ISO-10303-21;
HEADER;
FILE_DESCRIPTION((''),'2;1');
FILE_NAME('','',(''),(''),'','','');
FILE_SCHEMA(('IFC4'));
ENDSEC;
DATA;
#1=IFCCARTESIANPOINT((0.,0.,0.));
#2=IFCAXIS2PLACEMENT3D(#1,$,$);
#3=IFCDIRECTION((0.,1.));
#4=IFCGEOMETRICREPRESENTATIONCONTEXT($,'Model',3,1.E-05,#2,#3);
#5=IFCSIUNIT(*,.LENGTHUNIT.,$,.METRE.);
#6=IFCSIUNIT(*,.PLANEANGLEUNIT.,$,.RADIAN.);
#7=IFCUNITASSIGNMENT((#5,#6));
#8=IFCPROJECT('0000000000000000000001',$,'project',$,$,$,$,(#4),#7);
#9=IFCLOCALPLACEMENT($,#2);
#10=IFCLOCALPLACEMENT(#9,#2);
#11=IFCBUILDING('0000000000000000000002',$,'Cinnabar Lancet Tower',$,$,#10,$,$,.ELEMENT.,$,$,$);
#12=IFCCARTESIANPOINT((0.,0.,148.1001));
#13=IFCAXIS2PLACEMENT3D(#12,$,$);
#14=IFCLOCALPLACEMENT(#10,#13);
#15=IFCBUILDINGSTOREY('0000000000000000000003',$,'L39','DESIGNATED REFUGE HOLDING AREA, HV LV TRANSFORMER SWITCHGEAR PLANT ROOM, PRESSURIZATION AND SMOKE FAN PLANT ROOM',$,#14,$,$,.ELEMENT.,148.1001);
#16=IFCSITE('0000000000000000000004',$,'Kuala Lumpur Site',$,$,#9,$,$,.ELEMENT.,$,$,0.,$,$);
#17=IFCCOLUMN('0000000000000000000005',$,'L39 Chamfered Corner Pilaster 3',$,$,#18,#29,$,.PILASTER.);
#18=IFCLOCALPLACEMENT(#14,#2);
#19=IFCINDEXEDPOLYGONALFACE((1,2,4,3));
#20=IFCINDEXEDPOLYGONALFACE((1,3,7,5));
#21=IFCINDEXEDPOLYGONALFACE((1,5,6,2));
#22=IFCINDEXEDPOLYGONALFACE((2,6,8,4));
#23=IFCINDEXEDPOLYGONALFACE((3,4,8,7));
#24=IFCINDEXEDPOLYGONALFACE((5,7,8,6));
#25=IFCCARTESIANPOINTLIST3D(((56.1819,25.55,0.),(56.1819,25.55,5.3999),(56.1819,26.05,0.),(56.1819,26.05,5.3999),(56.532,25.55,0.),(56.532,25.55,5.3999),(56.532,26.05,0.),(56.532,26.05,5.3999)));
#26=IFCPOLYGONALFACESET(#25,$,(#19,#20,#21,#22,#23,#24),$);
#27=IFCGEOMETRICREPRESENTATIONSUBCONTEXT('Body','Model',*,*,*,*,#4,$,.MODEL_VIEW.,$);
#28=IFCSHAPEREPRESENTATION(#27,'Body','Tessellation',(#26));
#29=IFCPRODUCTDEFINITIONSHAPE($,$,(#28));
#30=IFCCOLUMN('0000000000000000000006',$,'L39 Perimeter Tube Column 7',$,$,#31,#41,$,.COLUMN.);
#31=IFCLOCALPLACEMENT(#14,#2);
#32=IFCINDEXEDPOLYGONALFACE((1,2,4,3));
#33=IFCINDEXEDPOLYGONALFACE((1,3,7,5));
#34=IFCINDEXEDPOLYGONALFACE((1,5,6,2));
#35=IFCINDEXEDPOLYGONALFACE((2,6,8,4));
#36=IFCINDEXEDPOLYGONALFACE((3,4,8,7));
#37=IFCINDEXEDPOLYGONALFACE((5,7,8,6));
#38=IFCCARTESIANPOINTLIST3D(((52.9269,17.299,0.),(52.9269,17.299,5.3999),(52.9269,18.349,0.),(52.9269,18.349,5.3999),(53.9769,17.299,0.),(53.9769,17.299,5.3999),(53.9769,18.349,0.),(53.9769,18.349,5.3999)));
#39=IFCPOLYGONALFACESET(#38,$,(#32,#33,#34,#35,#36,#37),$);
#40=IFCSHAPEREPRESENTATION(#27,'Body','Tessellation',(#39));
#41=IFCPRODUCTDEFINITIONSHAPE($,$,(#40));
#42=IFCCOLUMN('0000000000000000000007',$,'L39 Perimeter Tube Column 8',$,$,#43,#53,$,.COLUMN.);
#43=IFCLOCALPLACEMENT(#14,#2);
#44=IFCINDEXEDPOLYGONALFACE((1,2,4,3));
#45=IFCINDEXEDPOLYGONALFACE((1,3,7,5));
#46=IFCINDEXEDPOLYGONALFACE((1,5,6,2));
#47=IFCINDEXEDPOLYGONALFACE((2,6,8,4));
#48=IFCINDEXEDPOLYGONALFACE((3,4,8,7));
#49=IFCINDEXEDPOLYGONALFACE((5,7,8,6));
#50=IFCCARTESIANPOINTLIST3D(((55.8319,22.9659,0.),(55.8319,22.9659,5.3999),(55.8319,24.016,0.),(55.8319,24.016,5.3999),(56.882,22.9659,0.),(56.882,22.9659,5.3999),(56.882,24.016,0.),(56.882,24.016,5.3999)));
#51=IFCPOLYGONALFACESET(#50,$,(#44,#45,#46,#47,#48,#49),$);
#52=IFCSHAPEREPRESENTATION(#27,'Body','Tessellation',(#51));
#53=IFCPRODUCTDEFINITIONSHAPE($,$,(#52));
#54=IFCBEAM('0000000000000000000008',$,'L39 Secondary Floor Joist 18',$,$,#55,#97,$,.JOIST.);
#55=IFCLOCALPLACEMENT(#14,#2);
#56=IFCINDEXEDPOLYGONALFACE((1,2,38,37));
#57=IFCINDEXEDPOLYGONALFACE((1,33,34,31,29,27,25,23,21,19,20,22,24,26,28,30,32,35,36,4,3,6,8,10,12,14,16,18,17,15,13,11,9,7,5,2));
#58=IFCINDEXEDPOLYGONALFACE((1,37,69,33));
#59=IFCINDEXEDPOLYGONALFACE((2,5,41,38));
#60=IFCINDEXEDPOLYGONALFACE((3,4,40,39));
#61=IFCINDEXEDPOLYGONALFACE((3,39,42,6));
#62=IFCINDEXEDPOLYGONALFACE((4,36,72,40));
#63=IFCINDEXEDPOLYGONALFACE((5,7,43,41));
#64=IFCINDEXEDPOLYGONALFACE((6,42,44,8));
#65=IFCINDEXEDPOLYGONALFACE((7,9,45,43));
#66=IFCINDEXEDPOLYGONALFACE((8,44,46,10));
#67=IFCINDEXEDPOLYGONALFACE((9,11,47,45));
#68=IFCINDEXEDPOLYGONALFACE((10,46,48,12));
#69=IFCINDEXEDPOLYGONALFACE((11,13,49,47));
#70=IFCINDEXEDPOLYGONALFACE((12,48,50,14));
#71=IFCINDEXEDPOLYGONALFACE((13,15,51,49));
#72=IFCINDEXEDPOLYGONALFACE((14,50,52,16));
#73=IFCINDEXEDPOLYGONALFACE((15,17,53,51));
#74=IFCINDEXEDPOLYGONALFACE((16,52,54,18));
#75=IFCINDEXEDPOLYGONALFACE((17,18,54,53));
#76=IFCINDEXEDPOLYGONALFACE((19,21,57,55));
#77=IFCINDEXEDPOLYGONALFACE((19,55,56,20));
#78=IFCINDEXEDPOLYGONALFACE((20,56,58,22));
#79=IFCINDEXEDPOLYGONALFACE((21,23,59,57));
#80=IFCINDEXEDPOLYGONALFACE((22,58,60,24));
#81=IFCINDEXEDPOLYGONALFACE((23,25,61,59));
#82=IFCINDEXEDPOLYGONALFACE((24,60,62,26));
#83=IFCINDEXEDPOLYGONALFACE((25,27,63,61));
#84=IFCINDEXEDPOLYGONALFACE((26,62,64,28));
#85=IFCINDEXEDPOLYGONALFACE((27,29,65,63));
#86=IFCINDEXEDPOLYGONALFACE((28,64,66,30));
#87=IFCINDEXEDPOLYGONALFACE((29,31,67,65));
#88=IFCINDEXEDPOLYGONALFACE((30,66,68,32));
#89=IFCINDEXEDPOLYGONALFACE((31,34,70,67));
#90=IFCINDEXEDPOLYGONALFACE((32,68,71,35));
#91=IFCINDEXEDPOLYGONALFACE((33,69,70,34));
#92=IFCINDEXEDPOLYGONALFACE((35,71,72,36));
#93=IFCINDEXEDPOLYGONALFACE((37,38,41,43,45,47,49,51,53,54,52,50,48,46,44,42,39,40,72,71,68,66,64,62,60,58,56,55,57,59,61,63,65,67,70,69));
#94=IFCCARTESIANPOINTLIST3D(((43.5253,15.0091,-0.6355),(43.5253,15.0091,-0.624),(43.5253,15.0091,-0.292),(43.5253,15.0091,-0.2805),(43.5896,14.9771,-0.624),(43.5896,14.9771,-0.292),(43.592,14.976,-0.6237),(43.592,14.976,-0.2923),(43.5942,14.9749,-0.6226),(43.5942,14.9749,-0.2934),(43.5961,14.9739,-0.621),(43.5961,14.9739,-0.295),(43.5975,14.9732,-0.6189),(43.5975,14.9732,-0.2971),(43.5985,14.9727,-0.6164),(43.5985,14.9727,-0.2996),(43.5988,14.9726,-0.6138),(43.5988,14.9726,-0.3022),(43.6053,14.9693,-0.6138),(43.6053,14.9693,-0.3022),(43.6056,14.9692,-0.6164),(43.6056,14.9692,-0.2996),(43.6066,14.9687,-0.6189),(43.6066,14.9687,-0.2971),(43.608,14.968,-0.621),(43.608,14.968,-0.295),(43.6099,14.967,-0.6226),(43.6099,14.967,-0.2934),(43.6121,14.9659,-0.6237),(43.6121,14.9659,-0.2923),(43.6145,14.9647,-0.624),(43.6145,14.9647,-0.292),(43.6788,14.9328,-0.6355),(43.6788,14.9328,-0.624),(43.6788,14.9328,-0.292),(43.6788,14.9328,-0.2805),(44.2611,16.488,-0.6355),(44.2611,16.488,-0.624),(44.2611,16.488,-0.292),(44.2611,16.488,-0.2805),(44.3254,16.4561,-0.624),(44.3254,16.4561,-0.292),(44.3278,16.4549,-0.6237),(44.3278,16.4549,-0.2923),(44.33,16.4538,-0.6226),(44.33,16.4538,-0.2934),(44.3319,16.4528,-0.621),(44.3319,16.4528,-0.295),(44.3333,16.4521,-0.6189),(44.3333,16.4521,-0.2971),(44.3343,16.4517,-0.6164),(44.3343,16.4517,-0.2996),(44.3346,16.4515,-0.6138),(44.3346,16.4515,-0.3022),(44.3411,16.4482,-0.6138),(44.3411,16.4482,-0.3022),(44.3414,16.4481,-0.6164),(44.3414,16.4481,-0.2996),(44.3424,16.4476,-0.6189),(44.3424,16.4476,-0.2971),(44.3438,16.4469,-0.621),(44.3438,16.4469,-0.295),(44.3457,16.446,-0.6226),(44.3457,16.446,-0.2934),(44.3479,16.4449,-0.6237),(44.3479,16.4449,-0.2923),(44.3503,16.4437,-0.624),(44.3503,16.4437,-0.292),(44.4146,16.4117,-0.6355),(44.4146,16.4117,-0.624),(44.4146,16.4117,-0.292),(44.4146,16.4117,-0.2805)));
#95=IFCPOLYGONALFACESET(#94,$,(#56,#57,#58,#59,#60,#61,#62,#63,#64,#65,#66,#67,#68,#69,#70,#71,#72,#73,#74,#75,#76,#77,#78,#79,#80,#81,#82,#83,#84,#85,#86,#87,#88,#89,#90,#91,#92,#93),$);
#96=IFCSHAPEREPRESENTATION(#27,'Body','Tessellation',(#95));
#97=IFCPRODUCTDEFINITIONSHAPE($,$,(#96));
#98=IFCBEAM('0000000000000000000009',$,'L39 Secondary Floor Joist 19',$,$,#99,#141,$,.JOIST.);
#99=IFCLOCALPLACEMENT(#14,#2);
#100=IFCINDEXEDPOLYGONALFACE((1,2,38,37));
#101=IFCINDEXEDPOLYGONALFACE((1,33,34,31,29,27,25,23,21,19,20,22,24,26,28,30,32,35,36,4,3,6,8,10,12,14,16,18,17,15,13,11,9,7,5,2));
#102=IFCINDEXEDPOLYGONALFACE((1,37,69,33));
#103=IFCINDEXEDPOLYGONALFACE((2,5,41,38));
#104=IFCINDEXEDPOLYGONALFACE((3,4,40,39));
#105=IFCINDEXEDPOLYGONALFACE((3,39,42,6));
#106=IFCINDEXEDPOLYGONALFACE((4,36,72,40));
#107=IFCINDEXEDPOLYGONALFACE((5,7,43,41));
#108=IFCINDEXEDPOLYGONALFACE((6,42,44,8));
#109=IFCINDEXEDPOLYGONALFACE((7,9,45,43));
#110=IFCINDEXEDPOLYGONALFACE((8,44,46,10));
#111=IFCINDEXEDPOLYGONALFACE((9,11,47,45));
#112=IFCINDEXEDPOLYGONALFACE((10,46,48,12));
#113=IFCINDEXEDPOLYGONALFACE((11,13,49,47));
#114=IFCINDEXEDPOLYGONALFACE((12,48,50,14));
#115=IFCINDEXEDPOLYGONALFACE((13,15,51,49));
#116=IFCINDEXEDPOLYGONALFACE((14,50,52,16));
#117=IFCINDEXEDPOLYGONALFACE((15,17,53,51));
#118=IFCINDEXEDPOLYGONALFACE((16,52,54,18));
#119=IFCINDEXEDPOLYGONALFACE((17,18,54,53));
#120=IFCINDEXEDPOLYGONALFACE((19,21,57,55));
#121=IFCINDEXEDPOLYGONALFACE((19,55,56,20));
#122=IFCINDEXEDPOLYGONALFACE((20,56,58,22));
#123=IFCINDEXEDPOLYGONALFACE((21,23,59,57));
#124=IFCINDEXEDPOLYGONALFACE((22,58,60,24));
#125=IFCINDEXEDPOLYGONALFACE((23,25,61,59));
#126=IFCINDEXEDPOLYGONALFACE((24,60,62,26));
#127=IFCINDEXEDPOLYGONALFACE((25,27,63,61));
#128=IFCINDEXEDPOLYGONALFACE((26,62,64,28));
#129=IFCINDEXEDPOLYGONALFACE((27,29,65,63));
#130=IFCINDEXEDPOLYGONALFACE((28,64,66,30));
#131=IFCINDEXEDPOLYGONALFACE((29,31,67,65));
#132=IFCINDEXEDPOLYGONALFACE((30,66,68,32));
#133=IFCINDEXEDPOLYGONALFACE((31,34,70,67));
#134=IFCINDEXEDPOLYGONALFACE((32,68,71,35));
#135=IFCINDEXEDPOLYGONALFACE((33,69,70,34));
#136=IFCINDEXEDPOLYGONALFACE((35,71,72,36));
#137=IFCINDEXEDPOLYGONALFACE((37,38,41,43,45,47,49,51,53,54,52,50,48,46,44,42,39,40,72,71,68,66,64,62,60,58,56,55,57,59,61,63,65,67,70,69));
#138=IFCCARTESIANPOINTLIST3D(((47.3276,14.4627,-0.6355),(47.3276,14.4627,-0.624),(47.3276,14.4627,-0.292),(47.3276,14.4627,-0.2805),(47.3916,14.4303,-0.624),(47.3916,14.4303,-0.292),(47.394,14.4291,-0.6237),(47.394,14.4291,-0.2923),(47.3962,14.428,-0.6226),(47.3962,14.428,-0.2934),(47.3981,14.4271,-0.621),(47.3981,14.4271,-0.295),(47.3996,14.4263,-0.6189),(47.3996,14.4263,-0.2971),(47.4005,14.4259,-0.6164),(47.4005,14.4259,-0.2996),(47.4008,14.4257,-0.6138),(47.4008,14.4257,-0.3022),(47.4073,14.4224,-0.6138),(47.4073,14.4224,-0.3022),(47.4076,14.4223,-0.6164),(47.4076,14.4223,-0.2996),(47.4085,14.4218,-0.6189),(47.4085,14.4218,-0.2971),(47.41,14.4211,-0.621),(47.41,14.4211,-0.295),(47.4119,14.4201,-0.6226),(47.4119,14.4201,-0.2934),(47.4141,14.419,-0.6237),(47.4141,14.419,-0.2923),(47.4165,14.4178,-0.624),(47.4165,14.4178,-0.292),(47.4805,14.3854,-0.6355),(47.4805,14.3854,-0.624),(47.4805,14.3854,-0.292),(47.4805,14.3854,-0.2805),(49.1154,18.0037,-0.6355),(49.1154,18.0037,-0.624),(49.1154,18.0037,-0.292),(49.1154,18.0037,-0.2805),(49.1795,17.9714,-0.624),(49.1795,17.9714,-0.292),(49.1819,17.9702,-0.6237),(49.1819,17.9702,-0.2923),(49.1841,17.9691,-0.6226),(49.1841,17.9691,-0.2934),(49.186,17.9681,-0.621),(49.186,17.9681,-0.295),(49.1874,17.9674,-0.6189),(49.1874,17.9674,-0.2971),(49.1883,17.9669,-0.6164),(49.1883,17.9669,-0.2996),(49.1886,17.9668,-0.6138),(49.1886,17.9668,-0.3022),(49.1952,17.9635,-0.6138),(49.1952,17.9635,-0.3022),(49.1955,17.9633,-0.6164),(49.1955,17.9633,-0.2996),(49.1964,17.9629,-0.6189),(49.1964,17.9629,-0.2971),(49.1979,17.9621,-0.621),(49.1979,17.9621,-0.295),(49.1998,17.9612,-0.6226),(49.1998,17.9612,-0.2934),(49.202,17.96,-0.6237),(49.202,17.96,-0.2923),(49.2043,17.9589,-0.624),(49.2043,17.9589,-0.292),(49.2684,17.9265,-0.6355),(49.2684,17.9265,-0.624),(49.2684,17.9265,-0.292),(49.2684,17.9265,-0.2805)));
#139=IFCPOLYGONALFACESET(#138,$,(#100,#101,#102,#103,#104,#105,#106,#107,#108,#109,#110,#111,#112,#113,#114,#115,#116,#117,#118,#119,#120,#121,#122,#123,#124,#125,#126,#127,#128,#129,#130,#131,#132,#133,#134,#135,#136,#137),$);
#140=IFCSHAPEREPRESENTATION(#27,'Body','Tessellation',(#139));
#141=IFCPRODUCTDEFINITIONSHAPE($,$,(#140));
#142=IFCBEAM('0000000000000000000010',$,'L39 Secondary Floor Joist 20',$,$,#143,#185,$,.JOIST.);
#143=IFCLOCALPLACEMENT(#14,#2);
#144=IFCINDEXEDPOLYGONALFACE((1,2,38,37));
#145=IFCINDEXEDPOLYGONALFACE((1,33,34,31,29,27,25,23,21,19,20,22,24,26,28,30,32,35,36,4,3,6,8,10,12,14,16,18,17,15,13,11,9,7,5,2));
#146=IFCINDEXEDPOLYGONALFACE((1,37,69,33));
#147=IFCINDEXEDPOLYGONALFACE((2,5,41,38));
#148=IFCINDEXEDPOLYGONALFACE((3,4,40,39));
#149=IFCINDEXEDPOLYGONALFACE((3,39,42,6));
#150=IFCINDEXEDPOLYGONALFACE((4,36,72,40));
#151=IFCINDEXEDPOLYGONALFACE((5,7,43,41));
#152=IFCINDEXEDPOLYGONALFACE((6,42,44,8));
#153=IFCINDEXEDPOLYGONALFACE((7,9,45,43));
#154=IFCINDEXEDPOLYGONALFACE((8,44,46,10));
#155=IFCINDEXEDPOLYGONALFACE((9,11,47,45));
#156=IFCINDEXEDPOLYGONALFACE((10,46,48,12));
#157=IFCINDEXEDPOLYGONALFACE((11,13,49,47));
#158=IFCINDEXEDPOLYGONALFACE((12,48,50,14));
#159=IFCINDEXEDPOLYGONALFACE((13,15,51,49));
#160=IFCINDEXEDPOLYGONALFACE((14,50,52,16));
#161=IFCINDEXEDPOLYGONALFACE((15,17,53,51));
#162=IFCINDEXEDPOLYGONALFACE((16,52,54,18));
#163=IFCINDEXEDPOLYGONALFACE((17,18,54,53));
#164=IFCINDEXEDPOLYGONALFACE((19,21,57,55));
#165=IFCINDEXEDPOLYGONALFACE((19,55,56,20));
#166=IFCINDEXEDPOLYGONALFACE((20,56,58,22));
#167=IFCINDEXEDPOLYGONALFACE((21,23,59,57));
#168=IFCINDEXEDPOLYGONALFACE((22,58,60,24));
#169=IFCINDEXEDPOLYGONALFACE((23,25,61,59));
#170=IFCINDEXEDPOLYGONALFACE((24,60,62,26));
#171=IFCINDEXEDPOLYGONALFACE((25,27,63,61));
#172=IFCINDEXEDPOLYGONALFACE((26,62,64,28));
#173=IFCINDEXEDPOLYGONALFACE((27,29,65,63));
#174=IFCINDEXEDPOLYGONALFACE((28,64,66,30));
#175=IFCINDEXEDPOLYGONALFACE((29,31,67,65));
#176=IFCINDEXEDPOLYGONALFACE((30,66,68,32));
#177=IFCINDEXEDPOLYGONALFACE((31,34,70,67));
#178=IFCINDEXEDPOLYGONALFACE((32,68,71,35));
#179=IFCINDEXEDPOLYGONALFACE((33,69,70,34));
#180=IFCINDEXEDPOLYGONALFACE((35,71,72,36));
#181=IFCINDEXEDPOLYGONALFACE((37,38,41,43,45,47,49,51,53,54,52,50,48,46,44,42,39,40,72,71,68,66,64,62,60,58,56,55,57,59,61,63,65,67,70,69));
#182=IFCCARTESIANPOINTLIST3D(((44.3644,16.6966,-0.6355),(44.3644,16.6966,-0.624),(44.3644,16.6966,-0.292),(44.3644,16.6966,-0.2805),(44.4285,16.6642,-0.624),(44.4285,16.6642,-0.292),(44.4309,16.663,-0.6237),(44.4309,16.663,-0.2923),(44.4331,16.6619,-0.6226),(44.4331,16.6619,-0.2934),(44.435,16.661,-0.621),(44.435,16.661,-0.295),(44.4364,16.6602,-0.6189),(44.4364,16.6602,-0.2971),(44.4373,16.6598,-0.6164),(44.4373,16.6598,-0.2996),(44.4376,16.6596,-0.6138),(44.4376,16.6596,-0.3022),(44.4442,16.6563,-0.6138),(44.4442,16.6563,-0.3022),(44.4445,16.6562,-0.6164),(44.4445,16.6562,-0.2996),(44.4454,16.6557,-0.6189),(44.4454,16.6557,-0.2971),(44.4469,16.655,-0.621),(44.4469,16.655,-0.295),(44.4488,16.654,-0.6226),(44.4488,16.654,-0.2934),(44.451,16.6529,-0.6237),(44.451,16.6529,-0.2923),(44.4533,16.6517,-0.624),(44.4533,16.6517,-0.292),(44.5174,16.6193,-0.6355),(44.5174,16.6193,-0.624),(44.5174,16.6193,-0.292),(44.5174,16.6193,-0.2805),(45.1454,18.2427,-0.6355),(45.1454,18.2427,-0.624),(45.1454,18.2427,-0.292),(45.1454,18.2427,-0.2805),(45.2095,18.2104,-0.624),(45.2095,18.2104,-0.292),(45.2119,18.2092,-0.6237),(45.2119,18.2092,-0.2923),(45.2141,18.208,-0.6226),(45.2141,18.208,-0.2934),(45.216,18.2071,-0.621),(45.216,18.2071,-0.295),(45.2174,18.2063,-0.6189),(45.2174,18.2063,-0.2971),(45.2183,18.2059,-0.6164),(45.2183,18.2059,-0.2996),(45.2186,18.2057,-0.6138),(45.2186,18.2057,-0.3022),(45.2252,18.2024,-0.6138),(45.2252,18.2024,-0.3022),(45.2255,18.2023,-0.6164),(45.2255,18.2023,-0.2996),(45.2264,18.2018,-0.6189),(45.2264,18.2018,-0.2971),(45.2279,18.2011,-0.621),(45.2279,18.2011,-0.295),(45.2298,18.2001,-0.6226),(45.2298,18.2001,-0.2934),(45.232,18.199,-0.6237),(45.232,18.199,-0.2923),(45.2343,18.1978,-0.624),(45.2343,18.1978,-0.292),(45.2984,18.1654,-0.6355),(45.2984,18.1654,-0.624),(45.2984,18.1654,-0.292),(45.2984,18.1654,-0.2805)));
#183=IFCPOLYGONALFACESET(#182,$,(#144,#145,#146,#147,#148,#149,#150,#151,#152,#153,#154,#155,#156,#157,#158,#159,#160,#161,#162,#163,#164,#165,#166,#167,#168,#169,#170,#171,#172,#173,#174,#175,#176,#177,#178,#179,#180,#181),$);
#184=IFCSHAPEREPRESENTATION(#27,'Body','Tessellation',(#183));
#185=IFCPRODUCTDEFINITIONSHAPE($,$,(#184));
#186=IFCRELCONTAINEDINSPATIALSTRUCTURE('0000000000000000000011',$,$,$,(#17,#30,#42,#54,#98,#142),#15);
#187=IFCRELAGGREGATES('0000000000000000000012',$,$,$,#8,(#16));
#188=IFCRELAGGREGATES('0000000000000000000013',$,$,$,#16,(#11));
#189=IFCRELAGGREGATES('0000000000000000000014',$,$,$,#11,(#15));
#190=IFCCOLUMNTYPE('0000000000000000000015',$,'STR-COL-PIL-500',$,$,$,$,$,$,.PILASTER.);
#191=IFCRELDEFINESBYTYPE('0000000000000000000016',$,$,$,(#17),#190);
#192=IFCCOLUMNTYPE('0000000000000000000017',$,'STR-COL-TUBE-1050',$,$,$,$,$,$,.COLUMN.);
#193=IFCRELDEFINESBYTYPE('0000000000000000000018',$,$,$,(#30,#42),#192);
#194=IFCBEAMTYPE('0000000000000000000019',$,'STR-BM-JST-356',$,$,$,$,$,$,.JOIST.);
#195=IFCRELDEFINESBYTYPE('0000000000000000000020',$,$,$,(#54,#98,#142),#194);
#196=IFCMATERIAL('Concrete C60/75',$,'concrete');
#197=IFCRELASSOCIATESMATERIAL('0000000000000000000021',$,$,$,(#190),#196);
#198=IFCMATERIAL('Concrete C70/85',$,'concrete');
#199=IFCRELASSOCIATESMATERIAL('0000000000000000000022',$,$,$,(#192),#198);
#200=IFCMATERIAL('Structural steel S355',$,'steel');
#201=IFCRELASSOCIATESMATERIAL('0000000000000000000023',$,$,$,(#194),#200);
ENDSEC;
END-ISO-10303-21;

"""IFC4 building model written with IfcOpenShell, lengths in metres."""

from ifc_helpers import new_model, si_unit, direction, frame, origin, origin_2d, place, context, subcontext, project, spatial, rectangle, i_section, extrude, material, material_profile, profile_set, type_object, element, save


model = new_model("IFC4")

# Units and contexts
model_context = context("Model", 3, precision=1e-05, world=origin(), true_north=direction((0.0, 1.0)))
body_context = subcontext(model_context, "Body", "Model", "MODEL_VIEW")
ifc_project = project(units=[si_unit("LENGTHUNIT", "METRE"), si_unit("PLANEANGLEUNIT", "RADIAN")], contexts=[model_context])

# Site, building, storey
site_placement = place(None, origin())
site = spatial("IfcSite", under=ifc_project, at=site_placement, Name="Kuala Lumpur Site", CompositionType="ELEMENT", RefElevation=0.0)
building_placement = place(site_placement, origin())
building = spatial("IfcBuilding", under=site, at=building_placement, Name="Cinnabar Lancet Tower", CompositionType="ELEMENT")
storey_placement = place(building_placement, frame((0.0, 0.0, 148.1001)))
storey = spatial("IfcBuildingStorey", under=building, at=storey_placement, Name="L39", Description="DESIGNATED REFUGE HOLDING AREA, HV LV TRANSFORMER SWITCHGEAR PLANT ROOM, PRESSURIZATION AND SMOKE FAN PLANT ROOM", CompositionType="ELEMENT", Elevation=148.1001)

# Columns
ifc_material_1 = material(Name="Concrete C60/75", Category="concrete")
ifc_material_profile_1 = material_profile(ifc_material_1, rectangle(XDim=0.5, YDim=0.3501, at=origin_2d()), Name="RC-PIL 500x350")
ifc_profile_set_1 = profile_set([ifc_material_profile_1], Name="Concrete C60/75")
column_type_1 = type_object("IfcColumnType", Name="STR-COL-PIL-500", PredefinedType="PILASTER", material=ifc_profile_set_1)
column_placement = place(storey_placement, frame((56.3569, 25.8, 0.0), z_axis=(0.0, 0.0, 1.0), x_axis=(0.0, 1.0, 0.0)))
element("IfcColumn", 1, at=column_placement, inside=storey, type_object=column_type_1, Name="L39 Chamfered Corner Pilaster 3", PredefinedType="PILASTER", context=body_context, shape_type="SweptSolid", body=[
    extrude(rectangle(XDim=0.5, YDim=0.3501, at=origin_2d()), origin(), (0.0, 0.0, 1.0), 5.3999),
])
ifc_material_2 = material(Name="Concrete C70/85", Category="concrete")
ifc_material_profile_2 = material_profile(ifc_material_2, rectangle(XDim=1.05, YDim=1.05, at=origin_2d()), Name="RC-COL 1050x1050")
ifc_profile_set_2 = profile_set([ifc_material_profile_2], Name="Concrete C70/85")
column_type_2 = type_object("IfcColumnType", Name="STR-COL-TUBE-1050", PredefinedType="COLUMN", material=ifc_profile_set_2)
for number, where, z_axis, x_axis, name in (
    (2, (53.4519, 17.824, 0.0), (0.0, 0.0, 1.0), (1.0, 0.0, 0.0), "L39 Perimeter Tube Column 7"),
    (3, (56.3569, 23.491, 0.0), (0.0, 0.0, 1.0), (1.0, 0.0, 0.0), "L39 Perimeter Tube Column 8"),
):
    element("IfcColumn", number, at=place(storey_placement, frame(where, z_axis=z_axis, x_axis=x_axis)), inside=storey, type_object=column_type_2, Name=name, PredefinedType="COLUMN", context=body_context, shape_type="SweptSolid", body=[
        extrude(rectangle(XDim=1.05, YDim=1.05, at=origin_2d()), origin(), (0.0, 0.0, 1.0), 5.3999),
    ])

# Beams
ifc_material_3 = material(Name="Structural steel S355", Category="steel")
ifc_material_profile_3 = material_profile(ifc_material_3, i_section(OverallWidth=0.1714, OverallDepth=0.355, WebThickness=0.0073, FlangeThickness=0.0115, FilletRadius=0.0103, at=origin_2d()), Name="UKB 356x171x51")
ifc_profile_set_3 = profile_set([ifc_material_profile_3], Name="Structural steel S355")
beam_type_1 = type_object("IfcBeamType", Name="STR-BM-JST-356", PredefinedType="JOIST", material=ifc_profile_set_3)
beam_1_placement = place(storey_placement, frame((43.6021, 14.9709, -0.458), z_axis=(0.445439, 0.895312, 0.0), x_axis=(-0.895312, 0.445439, 0.0)))
element("IfcBeam", 4, at=beam_1_placement, inside=storey, type_object=beam_type_1, Name="L39 Secondary Floor Joist 18", PredefinedType="JOIST", context=body_context, shape_type="SweptSolid", body=[
    extrude(i_section(OverallWidth=0.1714, OverallDepth=0.355, WebThickness=0.0073, FlangeThickness=0.0115, FilletRadius=0.0103, at=origin_2d()), origin(), (0.0, 0.0, 1.0), 1.6519),
])
beam_2_placement = place(storey_placement, frame((47.4041, 14.4241, -0.458), z_axis=(0.450706, 0.892672, 0.0), x_axis=(-0.892672, 0.450706, 0.0)))
element("IfcBeam", 5, at=beam_2_placement, inside=storey, type_object=beam_type_1, Name="L39 Secondary Floor Joist 19", PredefinedType="JOIST", context=body_context, shape_type="SweptSolid", body=[
    extrude(i_section(OverallWidth=0.1714, OverallDepth=0.355, WebThickness=0.0073, FlangeThickness=0.0115, FilletRadius=0.0103, at=origin_2d()), origin(), (0.0, 0.0, 1.0), 3.9668),
])
beam_3_placement = place(storey_placement, frame((44.4409, 16.658, -0.458), z_axis=(0.450874, 0.892587, 0.0), x_axis=(-0.892587, 0.450874, 0.0)))
element("IfcBeam", 6, at=beam_3_placement, inside=storey, type_object=beam_type_1, Name="L39 Secondary Floor Joist 20", PredefinedType="JOIST", context=body_context, shape_type="SweptSolid", body=[
    extrude(i_section(OverallWidth=0.1714, OverallDepth=0.355, WebThickness=0.0073, FlangeThickness=0.0115, FilletRadius=0.0103, at=origin_2d()), origin(), (0.0, 0.0, 1.0), 1.7322),
])

save(model, "model.ifc")
